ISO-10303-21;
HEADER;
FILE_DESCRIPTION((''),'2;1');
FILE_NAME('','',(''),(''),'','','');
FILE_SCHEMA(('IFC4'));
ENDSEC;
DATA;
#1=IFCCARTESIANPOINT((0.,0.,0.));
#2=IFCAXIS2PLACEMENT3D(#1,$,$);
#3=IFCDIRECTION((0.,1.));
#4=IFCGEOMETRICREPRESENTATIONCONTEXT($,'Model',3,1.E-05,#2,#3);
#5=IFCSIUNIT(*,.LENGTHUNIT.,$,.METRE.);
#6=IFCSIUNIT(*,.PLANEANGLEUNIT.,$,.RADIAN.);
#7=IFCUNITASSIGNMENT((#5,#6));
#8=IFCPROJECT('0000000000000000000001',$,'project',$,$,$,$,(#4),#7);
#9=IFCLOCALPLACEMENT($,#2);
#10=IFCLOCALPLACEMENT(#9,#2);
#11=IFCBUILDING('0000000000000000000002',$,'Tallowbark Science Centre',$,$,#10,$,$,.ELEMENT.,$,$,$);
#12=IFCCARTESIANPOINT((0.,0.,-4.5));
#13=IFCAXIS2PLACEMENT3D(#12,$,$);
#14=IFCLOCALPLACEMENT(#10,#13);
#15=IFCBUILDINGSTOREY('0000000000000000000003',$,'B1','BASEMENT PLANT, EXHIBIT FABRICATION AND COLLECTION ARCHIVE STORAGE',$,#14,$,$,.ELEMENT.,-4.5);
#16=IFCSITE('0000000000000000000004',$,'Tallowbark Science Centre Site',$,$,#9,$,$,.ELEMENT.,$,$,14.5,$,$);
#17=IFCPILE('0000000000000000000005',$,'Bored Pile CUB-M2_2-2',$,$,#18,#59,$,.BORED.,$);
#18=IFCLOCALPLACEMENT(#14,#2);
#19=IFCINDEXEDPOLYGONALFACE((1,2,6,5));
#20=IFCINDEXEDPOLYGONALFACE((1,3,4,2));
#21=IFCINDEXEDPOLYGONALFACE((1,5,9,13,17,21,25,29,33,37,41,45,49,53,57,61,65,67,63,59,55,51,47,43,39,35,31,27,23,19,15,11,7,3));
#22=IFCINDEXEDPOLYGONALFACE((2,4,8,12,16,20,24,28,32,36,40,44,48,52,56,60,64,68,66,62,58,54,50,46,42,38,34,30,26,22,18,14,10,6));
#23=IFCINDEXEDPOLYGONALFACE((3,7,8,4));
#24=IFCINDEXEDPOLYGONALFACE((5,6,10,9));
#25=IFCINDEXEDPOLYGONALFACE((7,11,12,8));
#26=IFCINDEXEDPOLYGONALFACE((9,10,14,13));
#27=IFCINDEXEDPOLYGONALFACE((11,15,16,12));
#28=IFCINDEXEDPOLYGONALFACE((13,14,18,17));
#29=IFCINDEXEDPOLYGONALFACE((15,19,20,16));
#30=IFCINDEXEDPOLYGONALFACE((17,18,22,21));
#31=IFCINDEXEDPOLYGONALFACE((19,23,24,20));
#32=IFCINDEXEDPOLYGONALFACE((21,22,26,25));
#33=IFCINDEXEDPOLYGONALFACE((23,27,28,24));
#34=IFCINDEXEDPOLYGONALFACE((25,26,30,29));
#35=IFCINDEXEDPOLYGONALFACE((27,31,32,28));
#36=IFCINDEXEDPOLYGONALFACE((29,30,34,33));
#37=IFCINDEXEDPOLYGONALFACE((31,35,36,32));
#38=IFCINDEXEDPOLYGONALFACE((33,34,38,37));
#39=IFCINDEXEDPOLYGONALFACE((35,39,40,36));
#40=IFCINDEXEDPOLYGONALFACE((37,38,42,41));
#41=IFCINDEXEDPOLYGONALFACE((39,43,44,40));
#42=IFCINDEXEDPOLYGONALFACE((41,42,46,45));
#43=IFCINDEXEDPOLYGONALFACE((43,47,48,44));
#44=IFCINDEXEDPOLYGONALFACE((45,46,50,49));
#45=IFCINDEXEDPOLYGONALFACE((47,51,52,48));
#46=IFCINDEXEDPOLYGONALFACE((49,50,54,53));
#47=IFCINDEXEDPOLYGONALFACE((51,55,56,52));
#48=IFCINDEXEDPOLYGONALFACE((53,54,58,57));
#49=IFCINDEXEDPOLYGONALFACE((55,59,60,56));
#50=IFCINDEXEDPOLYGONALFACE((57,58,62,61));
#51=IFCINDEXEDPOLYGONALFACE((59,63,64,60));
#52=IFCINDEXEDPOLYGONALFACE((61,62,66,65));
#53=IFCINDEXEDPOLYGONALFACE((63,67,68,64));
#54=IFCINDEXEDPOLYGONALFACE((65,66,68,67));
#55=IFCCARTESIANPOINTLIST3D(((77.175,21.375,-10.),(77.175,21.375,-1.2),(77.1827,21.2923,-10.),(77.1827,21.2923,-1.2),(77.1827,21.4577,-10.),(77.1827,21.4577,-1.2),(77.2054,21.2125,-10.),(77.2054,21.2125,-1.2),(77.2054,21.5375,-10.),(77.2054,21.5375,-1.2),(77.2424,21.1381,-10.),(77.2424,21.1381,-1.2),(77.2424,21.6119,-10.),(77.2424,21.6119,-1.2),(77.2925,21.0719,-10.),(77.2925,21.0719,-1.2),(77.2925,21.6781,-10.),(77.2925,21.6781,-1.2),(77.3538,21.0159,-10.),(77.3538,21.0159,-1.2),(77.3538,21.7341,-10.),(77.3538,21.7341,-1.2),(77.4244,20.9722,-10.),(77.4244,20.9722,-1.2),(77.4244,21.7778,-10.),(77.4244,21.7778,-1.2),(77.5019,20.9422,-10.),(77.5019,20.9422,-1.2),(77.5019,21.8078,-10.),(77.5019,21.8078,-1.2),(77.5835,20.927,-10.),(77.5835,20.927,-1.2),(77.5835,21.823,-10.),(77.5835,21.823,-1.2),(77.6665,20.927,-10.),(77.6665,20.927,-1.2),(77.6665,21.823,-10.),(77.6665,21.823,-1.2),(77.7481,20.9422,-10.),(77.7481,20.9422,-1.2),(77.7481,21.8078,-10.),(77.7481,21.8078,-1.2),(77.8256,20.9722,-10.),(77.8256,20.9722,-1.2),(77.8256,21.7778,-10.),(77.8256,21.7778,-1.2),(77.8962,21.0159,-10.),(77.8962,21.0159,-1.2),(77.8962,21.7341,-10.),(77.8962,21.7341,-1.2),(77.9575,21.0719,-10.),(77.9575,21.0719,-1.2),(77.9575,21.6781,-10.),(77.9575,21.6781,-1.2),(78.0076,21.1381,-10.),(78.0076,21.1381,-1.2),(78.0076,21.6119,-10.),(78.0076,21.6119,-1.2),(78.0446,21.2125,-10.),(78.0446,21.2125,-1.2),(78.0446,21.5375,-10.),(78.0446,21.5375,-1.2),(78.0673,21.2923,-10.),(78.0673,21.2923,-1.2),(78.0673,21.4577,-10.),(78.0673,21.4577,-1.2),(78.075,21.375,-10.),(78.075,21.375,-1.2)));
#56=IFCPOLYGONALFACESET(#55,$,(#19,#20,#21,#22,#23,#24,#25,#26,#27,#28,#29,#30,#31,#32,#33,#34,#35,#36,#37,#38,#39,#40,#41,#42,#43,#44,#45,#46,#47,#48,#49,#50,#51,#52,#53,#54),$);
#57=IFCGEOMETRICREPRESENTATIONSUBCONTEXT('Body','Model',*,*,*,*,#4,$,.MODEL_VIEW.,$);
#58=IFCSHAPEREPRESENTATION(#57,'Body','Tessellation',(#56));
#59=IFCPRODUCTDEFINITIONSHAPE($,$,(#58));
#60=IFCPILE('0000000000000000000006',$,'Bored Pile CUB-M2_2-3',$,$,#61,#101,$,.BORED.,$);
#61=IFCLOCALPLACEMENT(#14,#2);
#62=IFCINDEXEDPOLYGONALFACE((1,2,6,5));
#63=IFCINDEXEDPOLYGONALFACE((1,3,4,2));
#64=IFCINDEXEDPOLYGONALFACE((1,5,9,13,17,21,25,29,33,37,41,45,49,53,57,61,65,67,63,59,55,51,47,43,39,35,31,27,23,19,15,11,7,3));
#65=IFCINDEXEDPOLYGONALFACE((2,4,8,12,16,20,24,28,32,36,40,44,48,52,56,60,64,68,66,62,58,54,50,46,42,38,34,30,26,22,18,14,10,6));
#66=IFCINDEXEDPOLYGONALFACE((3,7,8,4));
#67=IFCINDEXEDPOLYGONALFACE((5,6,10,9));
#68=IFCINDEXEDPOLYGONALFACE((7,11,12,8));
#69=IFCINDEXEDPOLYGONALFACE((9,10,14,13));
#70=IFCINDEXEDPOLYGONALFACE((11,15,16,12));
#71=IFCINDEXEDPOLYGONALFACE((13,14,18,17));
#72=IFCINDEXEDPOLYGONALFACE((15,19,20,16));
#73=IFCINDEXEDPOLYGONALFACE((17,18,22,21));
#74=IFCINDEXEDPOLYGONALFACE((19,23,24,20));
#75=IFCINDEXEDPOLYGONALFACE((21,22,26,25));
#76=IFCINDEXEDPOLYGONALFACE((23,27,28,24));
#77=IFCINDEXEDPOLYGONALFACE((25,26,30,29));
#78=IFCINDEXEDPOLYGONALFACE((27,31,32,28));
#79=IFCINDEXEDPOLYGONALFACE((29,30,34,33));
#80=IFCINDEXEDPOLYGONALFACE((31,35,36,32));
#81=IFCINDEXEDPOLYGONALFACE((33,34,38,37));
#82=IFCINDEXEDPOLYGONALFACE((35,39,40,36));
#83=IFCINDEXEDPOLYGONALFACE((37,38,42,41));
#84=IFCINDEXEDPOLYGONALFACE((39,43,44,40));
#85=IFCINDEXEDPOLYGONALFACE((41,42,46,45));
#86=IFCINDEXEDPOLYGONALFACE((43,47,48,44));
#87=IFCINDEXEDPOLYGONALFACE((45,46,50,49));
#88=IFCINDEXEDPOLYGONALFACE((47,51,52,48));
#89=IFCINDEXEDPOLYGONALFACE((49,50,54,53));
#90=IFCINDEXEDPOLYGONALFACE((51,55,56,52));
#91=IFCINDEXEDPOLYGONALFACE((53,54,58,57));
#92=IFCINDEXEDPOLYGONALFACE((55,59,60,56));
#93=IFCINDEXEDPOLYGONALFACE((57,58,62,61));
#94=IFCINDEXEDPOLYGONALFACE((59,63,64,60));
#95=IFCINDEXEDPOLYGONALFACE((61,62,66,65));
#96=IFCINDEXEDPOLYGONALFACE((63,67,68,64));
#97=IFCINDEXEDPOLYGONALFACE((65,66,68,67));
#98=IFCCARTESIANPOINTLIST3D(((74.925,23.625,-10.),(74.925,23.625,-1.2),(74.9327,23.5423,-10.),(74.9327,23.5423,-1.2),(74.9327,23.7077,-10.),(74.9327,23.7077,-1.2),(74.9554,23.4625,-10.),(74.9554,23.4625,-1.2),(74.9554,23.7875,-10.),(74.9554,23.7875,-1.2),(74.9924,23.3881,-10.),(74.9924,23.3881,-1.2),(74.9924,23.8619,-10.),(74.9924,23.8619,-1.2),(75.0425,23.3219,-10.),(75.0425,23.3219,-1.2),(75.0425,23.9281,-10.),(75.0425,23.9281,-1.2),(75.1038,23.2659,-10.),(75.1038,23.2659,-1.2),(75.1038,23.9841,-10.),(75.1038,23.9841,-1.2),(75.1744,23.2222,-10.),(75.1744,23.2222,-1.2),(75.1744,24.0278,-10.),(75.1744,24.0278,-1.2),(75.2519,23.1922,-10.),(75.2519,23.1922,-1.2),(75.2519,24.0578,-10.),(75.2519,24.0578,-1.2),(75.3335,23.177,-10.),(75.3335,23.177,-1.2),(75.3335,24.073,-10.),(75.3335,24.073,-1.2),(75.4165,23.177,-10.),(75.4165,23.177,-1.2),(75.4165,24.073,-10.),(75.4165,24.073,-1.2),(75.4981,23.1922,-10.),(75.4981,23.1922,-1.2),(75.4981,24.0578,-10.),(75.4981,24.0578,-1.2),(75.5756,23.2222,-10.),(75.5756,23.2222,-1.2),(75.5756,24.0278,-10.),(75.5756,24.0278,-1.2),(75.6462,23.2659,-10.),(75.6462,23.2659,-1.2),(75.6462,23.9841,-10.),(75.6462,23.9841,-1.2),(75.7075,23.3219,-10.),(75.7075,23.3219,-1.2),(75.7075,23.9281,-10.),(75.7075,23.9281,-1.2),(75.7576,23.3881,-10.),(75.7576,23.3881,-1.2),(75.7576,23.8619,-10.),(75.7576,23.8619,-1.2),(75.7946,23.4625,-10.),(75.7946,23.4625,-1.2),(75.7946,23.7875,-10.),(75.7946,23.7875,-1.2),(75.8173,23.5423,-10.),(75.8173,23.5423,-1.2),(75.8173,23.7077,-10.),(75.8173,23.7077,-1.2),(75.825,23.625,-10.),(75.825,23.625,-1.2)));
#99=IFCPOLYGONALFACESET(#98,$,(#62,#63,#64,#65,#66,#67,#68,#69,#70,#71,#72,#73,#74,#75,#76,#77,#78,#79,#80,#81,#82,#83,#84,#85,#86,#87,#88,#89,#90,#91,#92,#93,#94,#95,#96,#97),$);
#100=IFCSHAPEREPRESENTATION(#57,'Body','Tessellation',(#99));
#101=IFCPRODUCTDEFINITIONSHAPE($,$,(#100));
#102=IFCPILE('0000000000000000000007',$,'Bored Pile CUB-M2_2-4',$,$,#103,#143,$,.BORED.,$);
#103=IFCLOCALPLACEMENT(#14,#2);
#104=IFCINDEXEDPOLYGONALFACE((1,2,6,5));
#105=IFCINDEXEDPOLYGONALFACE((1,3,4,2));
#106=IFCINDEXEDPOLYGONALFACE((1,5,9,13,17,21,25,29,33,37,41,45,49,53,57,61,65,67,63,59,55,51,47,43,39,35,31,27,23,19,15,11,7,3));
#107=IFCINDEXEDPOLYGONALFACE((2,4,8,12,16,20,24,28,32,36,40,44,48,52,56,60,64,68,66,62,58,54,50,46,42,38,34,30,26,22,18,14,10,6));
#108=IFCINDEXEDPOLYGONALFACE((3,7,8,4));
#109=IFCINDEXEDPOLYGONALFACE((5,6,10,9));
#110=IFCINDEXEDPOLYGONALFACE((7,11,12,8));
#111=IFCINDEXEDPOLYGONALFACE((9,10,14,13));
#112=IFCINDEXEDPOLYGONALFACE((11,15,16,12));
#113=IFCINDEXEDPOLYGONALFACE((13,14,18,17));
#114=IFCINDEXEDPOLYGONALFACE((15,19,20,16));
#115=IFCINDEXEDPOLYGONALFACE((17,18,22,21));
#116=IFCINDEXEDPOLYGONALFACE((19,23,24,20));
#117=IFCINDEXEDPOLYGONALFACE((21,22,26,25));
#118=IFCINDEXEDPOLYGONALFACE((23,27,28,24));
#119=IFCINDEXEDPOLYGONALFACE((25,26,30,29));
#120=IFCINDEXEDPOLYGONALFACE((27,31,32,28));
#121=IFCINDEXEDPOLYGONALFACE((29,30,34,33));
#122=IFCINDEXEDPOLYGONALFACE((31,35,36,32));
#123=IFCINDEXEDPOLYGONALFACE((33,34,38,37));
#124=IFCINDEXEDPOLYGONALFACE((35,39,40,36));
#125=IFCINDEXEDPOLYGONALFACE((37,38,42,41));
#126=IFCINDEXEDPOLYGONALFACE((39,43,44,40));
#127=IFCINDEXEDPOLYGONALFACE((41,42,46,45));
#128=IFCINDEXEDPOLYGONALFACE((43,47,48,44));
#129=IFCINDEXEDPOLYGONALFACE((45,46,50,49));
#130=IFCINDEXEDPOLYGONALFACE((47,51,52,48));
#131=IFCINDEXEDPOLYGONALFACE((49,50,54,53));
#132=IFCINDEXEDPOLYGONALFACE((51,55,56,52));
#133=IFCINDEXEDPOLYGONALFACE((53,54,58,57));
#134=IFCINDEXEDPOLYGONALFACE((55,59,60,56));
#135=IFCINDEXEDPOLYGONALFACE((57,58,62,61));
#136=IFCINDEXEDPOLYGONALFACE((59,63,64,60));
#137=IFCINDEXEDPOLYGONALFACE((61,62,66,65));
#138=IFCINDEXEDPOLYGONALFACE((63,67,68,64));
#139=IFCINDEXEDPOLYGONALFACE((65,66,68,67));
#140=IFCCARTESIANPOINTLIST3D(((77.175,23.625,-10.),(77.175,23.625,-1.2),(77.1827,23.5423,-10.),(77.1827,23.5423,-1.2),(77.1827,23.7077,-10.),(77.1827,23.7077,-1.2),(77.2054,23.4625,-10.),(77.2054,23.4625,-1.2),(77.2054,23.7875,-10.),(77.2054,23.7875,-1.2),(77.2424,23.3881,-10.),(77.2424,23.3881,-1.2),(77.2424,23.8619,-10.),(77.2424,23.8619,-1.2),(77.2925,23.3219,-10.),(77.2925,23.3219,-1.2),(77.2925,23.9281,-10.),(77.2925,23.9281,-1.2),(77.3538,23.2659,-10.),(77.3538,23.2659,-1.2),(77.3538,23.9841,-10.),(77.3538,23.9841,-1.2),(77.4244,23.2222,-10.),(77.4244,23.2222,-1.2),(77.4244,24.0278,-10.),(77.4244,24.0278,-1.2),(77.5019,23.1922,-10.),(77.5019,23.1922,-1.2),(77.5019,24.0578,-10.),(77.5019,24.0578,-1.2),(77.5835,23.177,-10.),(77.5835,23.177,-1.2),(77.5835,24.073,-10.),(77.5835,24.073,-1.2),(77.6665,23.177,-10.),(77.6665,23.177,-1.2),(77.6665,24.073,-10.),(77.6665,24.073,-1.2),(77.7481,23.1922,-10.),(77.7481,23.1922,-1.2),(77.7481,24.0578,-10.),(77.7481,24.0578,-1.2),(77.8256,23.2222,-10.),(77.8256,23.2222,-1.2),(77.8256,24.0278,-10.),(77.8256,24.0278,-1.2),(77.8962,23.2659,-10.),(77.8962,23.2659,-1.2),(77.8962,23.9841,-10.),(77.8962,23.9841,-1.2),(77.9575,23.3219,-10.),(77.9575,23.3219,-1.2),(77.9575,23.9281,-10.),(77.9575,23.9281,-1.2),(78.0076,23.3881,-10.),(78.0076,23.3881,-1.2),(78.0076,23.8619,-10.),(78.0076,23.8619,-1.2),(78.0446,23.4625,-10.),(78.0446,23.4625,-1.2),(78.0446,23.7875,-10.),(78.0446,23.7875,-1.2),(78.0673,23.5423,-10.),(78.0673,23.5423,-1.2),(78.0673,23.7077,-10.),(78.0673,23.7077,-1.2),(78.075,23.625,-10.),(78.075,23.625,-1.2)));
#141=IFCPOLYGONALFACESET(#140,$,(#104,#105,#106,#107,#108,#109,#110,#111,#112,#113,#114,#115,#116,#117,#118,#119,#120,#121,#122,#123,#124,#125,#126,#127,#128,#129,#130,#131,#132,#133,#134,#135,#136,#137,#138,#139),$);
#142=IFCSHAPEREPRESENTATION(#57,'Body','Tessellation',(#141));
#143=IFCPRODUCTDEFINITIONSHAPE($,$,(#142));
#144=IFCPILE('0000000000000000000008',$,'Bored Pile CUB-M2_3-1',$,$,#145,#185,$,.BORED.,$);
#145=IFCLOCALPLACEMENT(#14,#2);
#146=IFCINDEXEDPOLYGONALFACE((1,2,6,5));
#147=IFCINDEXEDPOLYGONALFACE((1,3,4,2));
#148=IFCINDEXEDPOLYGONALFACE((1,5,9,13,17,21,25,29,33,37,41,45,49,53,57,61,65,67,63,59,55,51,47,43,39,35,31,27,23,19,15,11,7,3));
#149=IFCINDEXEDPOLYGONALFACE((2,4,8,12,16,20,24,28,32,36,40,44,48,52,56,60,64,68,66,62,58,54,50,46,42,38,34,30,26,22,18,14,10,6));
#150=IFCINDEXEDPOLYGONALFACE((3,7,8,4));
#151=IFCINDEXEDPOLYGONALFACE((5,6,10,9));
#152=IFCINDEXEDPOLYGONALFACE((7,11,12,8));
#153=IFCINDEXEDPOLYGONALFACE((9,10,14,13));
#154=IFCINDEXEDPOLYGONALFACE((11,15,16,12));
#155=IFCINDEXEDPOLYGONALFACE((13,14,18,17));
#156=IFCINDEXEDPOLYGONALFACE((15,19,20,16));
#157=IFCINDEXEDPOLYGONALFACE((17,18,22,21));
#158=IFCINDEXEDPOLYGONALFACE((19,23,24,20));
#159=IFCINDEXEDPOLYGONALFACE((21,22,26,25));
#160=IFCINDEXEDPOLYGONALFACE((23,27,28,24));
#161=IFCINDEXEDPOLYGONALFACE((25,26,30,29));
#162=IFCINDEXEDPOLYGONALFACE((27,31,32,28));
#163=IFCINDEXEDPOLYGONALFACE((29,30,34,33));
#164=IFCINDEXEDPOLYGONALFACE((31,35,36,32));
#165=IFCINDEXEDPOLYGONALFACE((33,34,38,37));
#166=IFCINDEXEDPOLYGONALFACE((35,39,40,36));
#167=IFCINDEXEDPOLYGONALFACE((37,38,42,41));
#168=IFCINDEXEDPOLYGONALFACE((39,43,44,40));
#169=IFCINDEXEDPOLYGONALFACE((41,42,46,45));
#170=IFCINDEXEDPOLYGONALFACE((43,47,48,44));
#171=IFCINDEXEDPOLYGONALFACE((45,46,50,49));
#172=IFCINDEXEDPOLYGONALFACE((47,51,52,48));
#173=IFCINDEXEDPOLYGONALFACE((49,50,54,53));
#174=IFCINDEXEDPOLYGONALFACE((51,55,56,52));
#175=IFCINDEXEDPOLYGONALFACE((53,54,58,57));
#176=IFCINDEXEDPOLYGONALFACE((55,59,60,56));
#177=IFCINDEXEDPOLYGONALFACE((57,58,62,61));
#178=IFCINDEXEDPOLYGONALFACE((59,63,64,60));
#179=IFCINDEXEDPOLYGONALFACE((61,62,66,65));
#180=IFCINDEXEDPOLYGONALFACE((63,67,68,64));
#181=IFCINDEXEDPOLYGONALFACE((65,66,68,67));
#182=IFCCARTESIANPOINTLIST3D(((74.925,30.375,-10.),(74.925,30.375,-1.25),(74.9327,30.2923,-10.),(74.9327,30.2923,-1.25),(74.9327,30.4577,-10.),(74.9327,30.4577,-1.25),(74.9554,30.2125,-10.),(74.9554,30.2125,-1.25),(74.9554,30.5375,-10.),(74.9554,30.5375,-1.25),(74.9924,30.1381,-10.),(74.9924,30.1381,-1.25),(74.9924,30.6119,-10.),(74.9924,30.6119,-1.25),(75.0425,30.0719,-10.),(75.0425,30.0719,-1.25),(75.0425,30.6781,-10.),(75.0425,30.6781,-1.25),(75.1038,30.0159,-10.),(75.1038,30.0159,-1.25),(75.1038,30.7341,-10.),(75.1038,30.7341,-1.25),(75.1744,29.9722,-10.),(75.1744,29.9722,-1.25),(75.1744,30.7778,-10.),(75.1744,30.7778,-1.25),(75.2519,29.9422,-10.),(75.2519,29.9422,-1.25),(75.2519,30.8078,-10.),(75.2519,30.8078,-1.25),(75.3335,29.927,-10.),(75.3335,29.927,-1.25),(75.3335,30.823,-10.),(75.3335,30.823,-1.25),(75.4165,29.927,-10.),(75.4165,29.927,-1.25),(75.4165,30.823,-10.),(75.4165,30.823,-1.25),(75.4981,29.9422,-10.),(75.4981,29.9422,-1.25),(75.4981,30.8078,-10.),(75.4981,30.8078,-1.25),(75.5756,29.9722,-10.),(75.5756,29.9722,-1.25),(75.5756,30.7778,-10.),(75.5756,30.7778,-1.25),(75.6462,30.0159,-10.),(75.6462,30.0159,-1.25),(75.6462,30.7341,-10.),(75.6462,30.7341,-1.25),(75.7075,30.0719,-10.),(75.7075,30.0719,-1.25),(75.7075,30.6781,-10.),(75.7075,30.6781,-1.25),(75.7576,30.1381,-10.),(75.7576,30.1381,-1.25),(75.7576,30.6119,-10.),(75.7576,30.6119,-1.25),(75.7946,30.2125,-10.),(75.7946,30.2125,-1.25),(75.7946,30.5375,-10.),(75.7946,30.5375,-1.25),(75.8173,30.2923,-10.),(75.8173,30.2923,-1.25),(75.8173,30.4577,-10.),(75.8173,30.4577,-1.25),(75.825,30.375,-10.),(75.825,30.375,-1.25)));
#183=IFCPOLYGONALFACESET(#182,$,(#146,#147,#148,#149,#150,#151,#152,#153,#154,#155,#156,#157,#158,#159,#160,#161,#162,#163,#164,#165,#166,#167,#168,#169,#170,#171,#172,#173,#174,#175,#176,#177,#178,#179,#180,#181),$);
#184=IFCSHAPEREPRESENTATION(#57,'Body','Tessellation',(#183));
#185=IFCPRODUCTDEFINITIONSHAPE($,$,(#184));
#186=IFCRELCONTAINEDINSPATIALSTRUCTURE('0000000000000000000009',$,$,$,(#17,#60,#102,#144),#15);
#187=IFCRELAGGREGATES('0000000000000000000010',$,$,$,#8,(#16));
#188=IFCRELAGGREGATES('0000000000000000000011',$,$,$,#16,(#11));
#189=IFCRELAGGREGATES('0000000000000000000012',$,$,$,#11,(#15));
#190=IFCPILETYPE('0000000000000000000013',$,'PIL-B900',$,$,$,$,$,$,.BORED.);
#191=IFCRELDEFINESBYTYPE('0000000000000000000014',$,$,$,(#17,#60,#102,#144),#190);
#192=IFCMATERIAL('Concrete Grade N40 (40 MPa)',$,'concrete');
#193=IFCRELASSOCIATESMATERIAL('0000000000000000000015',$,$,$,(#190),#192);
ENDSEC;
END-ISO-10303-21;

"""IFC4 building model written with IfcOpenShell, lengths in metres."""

from ifc_helpers import new_model, si_unit, direction, frame, origin, origin_2d, place, context, subcontext, project, spatial, circle, extrude, material, material_profile, profile_set, type_object, element, save


model = new_model("IFC4")

# Units and contexts
model_context = context("Model", 3, precision=1e-05, world=origin(), true_north=direction((0.0, 1.0)))
body_context = subcontext(model_context, "Body", "Model", "MODEL_VIEW")
ifc_project = project(units=[si_unit("LENGTHUNIT", "METRE"), si_unit("PLANEANGLEUNIT", "RADIAN")], contexts=[model_context])

# Site, building, storey
site_placement = place(None, origin())
site = spatial("IfcSite", under=ifc_project, at=site_placement, Name="Tallowbark Science Centre Site", CompositionType="ELEMENT", RefElevation=14.5)
building_placement = place(site_placement, origin())
building = spatial("IfcBuilding", under=site, at=building_placement, Name="Tallowbark Science Centre", CompositionType="ELEMENT")
storey_placement = place(building_placement, frame((0.0, 0.0, -4.5)))
storey = spatial("IfcBuildingStorey", under=building, at=storey_placement, Name="B1", Description="BASEMENT PLANT, EXHIBIT FABRICATION AND COLLECTION ARCHIVE STORAGE", CompositionType="ELEMENT", Elevation=-4.5)

# Shared definitions
ifc_material_1 = material(Name="Concrete Grade N40 (40 MPa)", Category="concrete")

# Piles
ifc_material_profile_1 = material_profile(ifc_material_1, circle(Radius=0.45, at=origin_2d()), Name="PILE900")
ifc_profile_set_1 = profile_set([ifc_material_profile_1], Name="Concrete Grade N40 (40 MPa)")
pile_type = type_object("IfcPileType", Name="PIL-B900", PredefinedType="BORED", material=ifc_profile_set_1)
for number, where, z_axis, x_axis, name in (
    (1, (77.625, 21.375, -1.2), (0.0, 0.0, -1.0), (1.0, 0.0, 0.0), "Bored Pile CUB-M2_2-2"),
    (2, (75.375, 23.625, -1.2), (0.0, 0.0, -1.0), (1.0, 0.0, 0.0), "Bored Pile CUB-M2_2-3"),
    (3, (77.625, 23.625, -1.2), (0.0, 0.0, -1.0), (1.0, 0.0, 0.0), "Bored Pile CUB-M2_2-4"),
):
    element("IfcPile", number, at=place(storey_placement, frame(where, z_axis=z_axis, x_axis=x_axis)), inside=storey, type_object=pile_type, Name=name, PredefinedType="BORED", context=body_context, shape_type="SweptSolid", body=[
        extrude(circle(Radius=0.45, at=origin_2d()), origin(), (0.0, 0.0, 1.0), 8.8),
    ])
for number, where, z_axis, x_axis, name in (
    (4, (75.375, 30.375, -1.25), (0.0, 0.0, -1.0), (1.0, 0.0, 0.0), "Bored Pile CUB-M2_3-1"),
):
    element("IfcPile", number, at=place(storey_placement, frame(where, z_axis=z_axis, x_axis=x_axis)), inside=storey, type_object=pile_type, Name=name, PredefinedType="BORED", context=body_context, shape_type="SweptSolid", body=[
        extrude(circle(Radius=0.45, at=origin_2d()), origin(), (0.0, 0.0, 1.0), 8.75),
    ])

save(model, "model.ifc")
